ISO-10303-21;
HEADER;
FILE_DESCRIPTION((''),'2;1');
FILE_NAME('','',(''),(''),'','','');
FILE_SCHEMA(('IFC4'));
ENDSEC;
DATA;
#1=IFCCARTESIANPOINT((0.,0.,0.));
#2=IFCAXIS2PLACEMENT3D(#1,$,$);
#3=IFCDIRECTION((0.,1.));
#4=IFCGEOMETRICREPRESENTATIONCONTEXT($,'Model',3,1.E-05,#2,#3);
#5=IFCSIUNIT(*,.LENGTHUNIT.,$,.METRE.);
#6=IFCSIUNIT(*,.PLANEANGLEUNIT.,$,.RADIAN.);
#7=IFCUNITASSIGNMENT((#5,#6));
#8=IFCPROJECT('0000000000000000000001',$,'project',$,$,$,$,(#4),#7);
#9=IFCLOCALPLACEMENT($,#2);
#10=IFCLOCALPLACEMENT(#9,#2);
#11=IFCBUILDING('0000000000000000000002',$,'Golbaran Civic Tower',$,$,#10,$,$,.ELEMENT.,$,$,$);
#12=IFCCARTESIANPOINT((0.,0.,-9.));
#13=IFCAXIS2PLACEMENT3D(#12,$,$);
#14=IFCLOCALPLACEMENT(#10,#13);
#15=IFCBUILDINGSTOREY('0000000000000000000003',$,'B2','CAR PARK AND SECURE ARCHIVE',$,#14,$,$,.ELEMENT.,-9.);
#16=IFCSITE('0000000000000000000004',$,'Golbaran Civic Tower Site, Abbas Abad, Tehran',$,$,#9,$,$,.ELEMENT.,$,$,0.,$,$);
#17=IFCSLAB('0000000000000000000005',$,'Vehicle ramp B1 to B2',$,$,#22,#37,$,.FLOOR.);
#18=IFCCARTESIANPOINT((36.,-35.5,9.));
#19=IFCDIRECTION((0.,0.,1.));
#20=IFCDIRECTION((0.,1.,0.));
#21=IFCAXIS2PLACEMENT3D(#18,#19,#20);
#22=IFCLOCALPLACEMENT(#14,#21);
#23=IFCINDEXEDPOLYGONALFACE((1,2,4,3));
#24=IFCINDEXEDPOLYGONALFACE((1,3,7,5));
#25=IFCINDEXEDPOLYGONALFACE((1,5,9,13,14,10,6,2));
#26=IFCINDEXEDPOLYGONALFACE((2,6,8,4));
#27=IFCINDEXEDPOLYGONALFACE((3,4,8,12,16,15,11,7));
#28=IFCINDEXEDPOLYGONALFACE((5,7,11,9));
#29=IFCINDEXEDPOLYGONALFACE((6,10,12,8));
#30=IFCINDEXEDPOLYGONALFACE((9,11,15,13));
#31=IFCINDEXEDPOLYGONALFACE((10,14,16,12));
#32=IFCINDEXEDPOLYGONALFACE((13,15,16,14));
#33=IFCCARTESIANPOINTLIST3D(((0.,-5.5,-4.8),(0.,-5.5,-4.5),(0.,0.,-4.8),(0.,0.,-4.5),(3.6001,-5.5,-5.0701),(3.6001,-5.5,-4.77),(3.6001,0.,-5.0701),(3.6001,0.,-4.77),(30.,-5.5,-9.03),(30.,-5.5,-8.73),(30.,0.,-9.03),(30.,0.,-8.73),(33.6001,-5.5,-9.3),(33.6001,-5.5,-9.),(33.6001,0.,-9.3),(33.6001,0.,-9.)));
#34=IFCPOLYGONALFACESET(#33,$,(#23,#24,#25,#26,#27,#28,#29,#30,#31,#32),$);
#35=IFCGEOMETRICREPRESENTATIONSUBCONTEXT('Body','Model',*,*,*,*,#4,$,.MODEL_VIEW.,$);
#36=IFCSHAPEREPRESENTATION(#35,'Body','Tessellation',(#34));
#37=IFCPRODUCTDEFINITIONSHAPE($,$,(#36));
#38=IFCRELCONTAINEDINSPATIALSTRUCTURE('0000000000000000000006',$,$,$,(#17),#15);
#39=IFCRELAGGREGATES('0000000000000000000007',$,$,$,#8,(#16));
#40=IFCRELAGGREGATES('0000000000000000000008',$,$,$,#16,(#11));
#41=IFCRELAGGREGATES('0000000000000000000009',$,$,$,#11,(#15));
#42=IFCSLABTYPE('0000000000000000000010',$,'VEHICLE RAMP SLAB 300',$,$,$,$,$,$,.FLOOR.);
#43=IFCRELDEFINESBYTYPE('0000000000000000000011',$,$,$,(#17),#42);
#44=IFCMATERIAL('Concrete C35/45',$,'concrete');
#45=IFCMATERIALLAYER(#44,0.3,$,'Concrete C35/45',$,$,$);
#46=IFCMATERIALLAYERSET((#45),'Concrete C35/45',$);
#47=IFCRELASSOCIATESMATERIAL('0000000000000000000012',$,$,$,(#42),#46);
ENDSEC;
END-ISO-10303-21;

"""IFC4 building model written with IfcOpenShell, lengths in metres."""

from ifc_helpers import new_model, si_unit, direction, frame, origin, place, context, subcontext, project, spatial, polyline, outline, extrude, material, layer, layer_set, type_object, element, save


model = new_model("IFC4")

# Units and contexts
model_context = context("Model", 3, precision=1e-05, world=origin(), true_north=direction((0.0, 1.0)))
body_context = subcontext(model_context, "Body", "Model", "MODEL_VIEW")
ifc_project = project(units=[si_unit("LENGTHUNIT", "METRE"), si_unit("PLANEANGLEUNIT", "RADIAN")], contexts=[model_context])

# Site, building, storey
site_placement = place(None, origin())
site = spatial("IfcSite", under=ifc_project, at=site_placement, Name="Golbaran Civic Tower Site, Abbas Abad, Tehran", CompositionType="ELEMENT", RefElevation=0.0)
building_placement = place(site_placement, origin())
building = spatial("IfcBuilding", under=site, at=building_placement, Name="Golbaran Civic Tower", CompositionType="ELEMENT")
storey_placement = place(building_placement, frame((0.0, 0.0, -9.0)))
storey = spatial("IfcBuildingStorey", under=building, at=storey_placement, Name="B2", Description="CAR PARK AND SECURE ARCHIVE", CompositionType="ELEMENT", Elevation=-9.0)

# Slab
ifc_material_1 = material(Name="Concrete C35/45", Category="concrete")
ifc_layer_1 = layer(ifc_material_1, 0.3, Name="Concrete C35/45")
ifc_layer_set_1 = layer_set([ifc_layer_1], Name="Concrete C35/45")
slab_type = type_object("IfcSlabType", Name="VEHICLE RAMP SLAB 300", PredefinedType="FLOOR", material=ifc_layer_set_1)
slab_placement = place(storey_placement, frame((36.0, -35.5, 9.0), z_axis=(0.0, 0.0, 1.0), x_axis=(0.0, 1.0, 0.0)))
element("IfcSlab", 1, at=slab_placement, inside=storey, type_object=slab_type, Name="Vehicle ramp B1 to B2", PredefinedType="FLOOR", context=body_context, shape_type="SweptSolid", body=[
    extrude(outline(polyline([(0.0, -4.5), (3.6001, -4.77), (30.0, -8.73), (33.6001, -9.0), (33.6001, -9.3), (30.0, -9.03), (3.6001, -5.0701), (0.0, -4.8), (0.0, -4.5)])), frame((0.0, 0.0, 0.0), z_axis=(0.0, -1.0, 0.0), x_axis=(1.0, 0.0, 0.0)), (0.0, 0.0, 1.0), 5.5),
])

save(model, "model.ifc")
